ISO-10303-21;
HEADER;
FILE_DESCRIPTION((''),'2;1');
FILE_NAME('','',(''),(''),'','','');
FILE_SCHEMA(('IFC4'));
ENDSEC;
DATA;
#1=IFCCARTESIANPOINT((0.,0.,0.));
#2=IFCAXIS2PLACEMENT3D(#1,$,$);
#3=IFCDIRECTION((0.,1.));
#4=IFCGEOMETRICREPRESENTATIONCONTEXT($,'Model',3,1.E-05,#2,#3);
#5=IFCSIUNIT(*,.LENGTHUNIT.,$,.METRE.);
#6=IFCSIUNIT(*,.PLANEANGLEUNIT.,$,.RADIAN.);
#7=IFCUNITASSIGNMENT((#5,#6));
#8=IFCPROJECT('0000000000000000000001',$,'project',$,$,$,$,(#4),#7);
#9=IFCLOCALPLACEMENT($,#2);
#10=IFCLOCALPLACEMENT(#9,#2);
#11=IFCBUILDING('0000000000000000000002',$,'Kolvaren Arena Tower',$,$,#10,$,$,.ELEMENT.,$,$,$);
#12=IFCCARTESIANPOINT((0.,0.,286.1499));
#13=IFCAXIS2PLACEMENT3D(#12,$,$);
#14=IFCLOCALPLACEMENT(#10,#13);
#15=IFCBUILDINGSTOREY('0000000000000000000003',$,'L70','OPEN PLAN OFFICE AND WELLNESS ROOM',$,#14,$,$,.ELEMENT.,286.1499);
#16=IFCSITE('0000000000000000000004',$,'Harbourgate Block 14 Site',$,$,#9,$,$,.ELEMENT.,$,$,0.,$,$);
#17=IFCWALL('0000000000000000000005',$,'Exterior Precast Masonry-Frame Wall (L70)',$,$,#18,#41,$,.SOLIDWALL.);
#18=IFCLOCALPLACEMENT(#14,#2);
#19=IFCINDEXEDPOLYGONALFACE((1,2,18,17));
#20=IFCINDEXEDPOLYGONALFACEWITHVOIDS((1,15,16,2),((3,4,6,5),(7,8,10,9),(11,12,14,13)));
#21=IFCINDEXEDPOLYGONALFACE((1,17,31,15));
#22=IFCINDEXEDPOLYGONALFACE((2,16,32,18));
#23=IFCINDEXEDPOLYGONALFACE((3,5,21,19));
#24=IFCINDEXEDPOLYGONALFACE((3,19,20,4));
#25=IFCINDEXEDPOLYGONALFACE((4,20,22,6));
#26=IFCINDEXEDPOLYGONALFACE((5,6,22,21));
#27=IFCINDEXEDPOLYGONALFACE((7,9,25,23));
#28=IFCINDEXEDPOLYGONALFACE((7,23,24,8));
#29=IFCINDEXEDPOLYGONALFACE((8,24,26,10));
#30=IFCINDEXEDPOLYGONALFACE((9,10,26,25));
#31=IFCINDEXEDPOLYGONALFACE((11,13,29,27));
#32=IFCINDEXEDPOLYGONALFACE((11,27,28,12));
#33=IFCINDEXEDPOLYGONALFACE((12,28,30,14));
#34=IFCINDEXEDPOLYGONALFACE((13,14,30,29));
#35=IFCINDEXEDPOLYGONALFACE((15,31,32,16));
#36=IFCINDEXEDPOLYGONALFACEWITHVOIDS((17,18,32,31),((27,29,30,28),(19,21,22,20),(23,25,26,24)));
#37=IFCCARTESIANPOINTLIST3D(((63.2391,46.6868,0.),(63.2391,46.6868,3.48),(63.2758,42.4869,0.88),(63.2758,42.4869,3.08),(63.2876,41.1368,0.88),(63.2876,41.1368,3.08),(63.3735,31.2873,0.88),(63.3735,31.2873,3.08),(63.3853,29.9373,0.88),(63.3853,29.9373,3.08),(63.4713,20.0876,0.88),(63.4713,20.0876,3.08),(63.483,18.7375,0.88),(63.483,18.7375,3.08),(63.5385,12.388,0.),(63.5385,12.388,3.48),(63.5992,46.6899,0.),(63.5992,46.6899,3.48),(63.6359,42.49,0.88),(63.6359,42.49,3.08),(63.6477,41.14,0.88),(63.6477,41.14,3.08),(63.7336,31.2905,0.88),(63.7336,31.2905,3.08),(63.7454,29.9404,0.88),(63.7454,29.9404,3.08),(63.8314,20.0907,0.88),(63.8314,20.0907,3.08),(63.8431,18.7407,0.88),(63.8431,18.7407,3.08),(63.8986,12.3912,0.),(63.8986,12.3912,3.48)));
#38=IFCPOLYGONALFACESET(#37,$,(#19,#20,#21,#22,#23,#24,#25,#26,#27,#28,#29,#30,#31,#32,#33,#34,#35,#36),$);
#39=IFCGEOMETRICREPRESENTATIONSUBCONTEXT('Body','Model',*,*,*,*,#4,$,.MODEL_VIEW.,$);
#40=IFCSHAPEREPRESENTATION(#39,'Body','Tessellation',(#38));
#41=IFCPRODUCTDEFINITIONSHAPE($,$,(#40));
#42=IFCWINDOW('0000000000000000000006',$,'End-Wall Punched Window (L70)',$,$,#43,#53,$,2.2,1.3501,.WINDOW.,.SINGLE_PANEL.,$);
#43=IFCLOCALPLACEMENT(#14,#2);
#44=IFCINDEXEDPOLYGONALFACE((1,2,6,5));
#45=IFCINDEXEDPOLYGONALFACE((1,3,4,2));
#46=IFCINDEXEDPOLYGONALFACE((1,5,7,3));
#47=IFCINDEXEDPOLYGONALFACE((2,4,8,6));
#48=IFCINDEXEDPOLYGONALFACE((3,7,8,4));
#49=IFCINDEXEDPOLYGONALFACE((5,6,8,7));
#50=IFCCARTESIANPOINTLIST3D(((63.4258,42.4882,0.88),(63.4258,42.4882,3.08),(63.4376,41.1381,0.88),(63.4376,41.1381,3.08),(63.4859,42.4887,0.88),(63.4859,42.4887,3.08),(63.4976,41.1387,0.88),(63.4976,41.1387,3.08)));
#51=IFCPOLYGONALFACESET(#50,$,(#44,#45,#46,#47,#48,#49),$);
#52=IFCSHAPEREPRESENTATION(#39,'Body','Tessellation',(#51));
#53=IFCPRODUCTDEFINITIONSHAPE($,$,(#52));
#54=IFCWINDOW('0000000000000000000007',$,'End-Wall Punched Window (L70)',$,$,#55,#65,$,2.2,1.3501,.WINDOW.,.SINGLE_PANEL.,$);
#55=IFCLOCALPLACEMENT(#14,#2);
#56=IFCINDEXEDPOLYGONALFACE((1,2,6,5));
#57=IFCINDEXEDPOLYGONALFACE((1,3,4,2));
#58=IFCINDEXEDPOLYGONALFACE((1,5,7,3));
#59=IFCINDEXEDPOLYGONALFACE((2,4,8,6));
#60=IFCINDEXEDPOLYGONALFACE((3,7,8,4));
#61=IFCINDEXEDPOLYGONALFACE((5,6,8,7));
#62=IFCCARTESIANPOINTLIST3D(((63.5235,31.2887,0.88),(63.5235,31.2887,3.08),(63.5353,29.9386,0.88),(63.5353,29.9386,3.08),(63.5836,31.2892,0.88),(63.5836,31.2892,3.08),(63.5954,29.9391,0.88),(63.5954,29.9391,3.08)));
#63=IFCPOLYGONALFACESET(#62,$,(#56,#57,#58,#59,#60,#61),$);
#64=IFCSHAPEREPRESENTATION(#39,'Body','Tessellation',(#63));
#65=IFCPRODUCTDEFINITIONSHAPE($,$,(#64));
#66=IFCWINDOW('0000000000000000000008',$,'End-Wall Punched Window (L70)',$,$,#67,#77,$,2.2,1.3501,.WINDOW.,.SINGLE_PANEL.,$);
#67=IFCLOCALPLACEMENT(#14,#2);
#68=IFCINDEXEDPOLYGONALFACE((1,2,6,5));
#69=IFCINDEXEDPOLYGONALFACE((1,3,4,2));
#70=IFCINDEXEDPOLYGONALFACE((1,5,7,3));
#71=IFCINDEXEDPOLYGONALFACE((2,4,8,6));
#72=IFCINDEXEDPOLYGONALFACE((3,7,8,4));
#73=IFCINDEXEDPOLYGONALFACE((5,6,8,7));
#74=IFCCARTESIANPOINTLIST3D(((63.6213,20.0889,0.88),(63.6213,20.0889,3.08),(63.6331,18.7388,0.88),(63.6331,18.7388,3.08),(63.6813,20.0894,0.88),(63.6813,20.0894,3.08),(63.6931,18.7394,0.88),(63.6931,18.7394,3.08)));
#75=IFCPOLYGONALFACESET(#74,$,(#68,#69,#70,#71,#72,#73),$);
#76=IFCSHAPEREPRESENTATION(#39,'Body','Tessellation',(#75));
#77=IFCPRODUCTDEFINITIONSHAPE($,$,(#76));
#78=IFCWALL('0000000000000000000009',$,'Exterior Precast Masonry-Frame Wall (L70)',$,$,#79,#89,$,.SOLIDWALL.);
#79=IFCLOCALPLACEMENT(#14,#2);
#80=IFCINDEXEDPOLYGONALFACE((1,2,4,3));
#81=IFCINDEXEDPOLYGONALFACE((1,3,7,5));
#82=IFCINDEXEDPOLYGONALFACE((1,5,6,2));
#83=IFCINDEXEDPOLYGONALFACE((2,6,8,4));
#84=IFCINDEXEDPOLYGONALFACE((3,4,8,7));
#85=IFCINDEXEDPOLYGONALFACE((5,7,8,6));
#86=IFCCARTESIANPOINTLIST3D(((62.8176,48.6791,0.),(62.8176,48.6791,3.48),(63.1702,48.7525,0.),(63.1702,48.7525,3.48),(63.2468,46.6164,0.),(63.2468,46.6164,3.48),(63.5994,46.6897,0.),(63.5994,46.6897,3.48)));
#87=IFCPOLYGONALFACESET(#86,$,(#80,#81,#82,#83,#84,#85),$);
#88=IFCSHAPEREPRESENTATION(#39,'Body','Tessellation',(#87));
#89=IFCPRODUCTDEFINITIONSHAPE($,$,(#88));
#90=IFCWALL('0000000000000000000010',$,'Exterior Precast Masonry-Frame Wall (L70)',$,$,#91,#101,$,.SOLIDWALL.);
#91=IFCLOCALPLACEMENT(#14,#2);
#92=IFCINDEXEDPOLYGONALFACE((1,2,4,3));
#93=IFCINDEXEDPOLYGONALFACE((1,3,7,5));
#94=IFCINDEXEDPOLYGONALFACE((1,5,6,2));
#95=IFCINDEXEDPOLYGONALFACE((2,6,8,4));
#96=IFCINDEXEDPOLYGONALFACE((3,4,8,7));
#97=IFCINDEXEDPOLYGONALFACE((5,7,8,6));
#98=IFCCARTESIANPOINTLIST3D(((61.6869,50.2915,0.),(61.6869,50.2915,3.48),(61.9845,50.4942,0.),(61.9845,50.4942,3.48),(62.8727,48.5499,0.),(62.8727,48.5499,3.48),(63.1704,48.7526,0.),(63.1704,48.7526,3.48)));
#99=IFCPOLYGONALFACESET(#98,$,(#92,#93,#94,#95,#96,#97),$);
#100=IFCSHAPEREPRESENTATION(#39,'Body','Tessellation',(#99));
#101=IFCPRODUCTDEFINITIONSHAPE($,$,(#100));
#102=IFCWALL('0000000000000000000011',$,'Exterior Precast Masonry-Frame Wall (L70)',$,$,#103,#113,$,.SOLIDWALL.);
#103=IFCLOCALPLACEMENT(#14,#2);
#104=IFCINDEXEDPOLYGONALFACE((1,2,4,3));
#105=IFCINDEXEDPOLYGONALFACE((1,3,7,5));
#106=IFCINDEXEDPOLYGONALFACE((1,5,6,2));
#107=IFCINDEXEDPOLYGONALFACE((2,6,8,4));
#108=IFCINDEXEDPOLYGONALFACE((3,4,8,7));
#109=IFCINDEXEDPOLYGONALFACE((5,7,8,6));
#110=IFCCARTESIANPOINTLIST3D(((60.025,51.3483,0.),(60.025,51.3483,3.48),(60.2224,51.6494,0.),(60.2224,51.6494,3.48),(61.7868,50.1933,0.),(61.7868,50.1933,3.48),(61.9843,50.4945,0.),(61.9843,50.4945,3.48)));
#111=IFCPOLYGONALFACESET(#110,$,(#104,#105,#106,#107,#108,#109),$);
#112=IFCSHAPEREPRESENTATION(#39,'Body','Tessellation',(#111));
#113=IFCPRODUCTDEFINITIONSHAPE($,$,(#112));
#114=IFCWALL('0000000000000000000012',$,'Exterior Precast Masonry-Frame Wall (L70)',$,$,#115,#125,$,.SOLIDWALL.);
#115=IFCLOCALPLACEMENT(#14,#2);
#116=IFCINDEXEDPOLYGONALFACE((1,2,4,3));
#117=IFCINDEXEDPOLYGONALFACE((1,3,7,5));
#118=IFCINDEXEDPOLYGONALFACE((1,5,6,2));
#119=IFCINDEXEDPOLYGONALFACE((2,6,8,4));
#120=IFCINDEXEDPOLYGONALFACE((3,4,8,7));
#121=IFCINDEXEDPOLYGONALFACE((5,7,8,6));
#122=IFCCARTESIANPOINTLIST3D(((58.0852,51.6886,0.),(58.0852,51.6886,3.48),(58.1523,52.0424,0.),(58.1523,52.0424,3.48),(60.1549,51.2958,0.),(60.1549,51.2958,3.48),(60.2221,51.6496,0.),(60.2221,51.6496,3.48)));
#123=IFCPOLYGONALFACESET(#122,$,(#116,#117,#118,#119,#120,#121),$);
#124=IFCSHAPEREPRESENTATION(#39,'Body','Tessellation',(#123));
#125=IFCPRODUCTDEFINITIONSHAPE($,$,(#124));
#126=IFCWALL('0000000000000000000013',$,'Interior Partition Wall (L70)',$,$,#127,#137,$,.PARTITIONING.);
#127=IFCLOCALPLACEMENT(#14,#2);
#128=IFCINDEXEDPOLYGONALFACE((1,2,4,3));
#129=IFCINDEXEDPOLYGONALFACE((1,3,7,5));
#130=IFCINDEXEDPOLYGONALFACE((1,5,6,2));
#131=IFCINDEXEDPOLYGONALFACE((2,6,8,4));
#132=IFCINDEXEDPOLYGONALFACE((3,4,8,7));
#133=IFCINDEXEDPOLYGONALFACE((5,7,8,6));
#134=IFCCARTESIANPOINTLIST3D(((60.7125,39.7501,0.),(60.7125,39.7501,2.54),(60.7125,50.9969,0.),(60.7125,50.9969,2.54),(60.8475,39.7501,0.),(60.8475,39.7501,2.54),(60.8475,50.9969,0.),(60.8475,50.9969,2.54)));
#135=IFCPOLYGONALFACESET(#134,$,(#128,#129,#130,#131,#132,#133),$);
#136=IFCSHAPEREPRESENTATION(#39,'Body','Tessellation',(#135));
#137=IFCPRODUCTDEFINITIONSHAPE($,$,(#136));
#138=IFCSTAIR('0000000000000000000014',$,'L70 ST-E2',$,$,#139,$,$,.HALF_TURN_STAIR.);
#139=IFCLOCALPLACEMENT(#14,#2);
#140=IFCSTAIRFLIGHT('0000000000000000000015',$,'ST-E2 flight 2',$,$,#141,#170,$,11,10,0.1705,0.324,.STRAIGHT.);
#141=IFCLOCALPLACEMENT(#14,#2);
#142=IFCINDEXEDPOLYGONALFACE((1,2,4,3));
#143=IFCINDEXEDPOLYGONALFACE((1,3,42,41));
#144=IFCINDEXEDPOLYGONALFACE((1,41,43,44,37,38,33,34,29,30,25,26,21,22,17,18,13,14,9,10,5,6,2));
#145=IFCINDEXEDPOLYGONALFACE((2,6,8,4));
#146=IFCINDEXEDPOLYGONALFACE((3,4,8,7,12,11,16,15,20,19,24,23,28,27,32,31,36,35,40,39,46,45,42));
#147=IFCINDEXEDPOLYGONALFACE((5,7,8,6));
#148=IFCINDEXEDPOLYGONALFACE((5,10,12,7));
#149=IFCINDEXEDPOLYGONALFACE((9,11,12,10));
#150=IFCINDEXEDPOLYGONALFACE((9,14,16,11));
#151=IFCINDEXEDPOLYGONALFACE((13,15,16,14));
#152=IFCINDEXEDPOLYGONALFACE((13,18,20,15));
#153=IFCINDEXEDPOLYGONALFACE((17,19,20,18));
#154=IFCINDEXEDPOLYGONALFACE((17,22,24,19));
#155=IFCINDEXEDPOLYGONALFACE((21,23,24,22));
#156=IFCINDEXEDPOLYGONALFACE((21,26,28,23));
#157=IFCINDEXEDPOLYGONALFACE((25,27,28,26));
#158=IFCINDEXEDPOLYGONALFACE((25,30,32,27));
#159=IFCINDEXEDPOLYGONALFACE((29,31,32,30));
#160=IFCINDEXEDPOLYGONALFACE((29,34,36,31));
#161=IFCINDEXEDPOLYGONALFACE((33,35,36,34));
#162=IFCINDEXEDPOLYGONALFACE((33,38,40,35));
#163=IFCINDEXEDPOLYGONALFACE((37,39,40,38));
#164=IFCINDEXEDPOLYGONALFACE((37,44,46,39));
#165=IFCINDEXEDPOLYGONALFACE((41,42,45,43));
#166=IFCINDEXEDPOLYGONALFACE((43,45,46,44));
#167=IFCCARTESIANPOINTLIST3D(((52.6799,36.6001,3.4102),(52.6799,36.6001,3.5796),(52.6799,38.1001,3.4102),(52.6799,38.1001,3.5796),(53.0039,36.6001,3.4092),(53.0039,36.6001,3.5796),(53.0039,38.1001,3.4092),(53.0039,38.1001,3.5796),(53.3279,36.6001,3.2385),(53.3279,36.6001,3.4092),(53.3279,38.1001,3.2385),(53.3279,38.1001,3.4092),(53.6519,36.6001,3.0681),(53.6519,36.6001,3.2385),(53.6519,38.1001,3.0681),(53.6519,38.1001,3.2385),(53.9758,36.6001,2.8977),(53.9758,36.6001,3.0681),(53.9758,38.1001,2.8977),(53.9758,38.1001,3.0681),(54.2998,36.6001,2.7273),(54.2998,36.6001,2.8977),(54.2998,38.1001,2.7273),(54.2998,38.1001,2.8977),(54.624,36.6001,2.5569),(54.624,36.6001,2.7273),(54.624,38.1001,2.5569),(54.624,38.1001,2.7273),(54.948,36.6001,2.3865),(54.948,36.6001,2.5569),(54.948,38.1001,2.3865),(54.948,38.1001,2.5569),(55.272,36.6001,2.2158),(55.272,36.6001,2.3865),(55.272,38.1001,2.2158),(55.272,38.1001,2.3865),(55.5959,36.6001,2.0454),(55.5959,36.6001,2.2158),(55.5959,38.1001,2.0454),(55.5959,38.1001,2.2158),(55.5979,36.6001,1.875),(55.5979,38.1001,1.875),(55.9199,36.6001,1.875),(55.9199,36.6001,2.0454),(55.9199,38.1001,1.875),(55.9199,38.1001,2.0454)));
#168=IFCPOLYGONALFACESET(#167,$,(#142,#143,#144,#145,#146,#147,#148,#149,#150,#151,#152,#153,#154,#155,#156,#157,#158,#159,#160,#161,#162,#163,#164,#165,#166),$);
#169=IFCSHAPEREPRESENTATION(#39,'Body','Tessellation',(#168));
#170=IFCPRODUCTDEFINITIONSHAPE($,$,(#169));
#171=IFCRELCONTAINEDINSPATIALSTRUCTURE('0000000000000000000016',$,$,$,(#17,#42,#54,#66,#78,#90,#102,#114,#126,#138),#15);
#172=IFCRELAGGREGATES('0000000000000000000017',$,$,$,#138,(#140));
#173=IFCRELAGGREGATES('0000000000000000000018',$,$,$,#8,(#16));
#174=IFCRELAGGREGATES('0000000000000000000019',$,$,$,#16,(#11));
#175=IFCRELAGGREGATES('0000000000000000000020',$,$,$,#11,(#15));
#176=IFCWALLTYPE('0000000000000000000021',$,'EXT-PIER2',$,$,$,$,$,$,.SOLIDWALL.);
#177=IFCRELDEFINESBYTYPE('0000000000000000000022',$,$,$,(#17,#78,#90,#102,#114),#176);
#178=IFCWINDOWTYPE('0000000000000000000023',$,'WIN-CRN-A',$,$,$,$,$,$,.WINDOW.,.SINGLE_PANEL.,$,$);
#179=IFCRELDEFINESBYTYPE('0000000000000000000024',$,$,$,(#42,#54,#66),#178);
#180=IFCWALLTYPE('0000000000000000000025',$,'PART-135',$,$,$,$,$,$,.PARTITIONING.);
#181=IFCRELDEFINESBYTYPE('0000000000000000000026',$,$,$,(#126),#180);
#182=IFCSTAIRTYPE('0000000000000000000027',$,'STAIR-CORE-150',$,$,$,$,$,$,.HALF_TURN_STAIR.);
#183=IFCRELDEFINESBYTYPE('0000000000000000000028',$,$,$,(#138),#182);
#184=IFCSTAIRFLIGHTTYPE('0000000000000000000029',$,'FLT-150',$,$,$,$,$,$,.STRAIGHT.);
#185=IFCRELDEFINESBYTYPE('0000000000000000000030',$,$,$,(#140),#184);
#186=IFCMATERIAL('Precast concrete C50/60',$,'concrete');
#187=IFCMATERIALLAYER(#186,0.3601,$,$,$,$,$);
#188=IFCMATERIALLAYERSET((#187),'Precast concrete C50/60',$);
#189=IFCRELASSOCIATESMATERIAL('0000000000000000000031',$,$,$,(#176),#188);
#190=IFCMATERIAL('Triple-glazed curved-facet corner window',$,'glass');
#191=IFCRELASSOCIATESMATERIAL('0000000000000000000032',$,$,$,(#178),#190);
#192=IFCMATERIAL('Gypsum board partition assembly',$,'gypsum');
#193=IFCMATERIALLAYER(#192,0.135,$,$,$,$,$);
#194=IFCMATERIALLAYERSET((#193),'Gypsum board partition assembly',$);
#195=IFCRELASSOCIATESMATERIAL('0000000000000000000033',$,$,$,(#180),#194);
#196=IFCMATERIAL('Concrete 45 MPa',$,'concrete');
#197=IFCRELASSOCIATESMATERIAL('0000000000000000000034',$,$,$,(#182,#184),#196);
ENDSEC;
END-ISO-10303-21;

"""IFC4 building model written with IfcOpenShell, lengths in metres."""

from ifc_helpers import new_model, si_unit, direction, frame, frame_2d, origin, place, context, subcontext, project, spatial, polyline, rectangle, outline, extrude, material, layer, layer_set, type_object, element, fill, aggregate, save


model = new_model("IFC4")

# Units and contexts
model_context = context("Model", 3, precision=1e-05, world=origin(), true_north=direction((0.0, 1.0)))
body_context = subcontext(model_context, "Body", "Model", "MODEL_VIEW")
ifc_project = project(units=[si_unit("LENGTHUNIT", "METRE"), si_unit("PLANEANGLEUNIT", "RADIAN")], contexts=[model_context])

# Site, building, storey
site_placement = place(None, origin())
site = spatial("IfcSite", under=ifc_project, at=site_placement, Name="Harbourgate Block 14 Site", CompositionType="ELEMENT", RefElevation=0.0)
building_placement = place(site_placement, origin())
building = spatial("IfcBuilding", under=site, at=building_placement, Name="Kolvaren Arena Tower", CompositionType="ELEMENT")
storey_placement = place(building_placement, frame((0.0, 0.0, 286.1499)))
storey = spatial("IfcBuildingStorey", under=building, at=storey_placement, Name="L70", Description="OPEN PLAN OFFICE AND WELLNESS ROOM", CompositionType="ELEMENT", Elevation=286.1499)

# Shared definitions
ifc_material_1 = material(Name="Precast concrete C50/60", Category="concrete")

# Wall, openings, windows
ifc_layer_1 = layer(ifc_material_1, 0.3601)
ifc_layer_set_1 = layer_set([ifc_layer_1], Name="Precast concrete C50/60")
wall_type_1 = type_object("IfcWallType", Name="EXT-PIER2", PredefinedType="SOLIDWALL", material=ifc_layer_set_1)
wall_1_placement = place(storey_placement, frame((63.4192, 46.6882, 0.0), z_axis=(0.0, 0.0, 1.0), x_axis=(0.008726, -0.999962, 0.0)))
wall_1 = element("IfcWall", 1, at=wall_1_placement, inside=storey, type_object=wall_type_1, Name="Exterior Precast Masonry-Frame Wall (L70)", PredefinedType="SOLIDWALL", context=body_context, shape_type="SweptSolid", body=[
    extrude(rectangle(XDim=34.3, YDim=0.3601, at=frame_2d((17.1499, 0.0))), origin(), (0.0, 0.0, 1.0), 3.48),
])
opening_1_placement = place(wall_1_placement, frame((4.2, 0.0, 0.8799)))
opening_1 = element("IfcOpeningElement", 2, at=opening_1_placement, cuts=wall_1, PredefinedType="OPENING", context=body_context, shape_type="SweptSolid", body=[
    extrude(rectangle(XDim=1.3501, YDim=2.2, at=frame_2d((0.675, 1.1001))), frame((0.0, 0.1899, 0.0), z_axis=(0.0, -1.0, 0.0), x_axis=(1.0, 0.0, 0.0)), (0.0, 0.0, 1.0), 0.3801),
])
opening_2_placement = place(wall_1_placement, frame((15.3999, 0.0, 0.8799)))
opening_2 = element("IfcOpeningElement", 3, at=opening_2_placement, cuts=wall_1, PredefinedType="OPENING", context=body_context, shape_type="SweptSolid", body=[
    extrude(rectangle(XDim=1.3501, YDim=2.2, at=frame_2d((0.675, 1.1001))), frame((0.0, 0.1899, 0.0), z_axis=(0.0, -1.0, 0.0), x_axis=(1.0, 0.0, 0.0)), (0.0, 0.0, 1.0), 0.3801),
])
opening_3_placement = place(wall_1_placement, frame((26.6001, 0.0, 0.8799)))
opening_3 = element("IfcOpeningElement", 4, at=opening_3_placement, cuts=wall_1, PredefinedType="OPENING", context=body_context, shape_type="SweptSolid", body=[
    extrude(rectangle(XDim=1.3501, YDim=2.2, at=frame_2d((0.675, 1.1001))), frame((0.0, 0.1899, 0.0), z_axis=(0.0, -1.0, 0.0), x_axis=(1.0, 0.0, 0.0)), (0.0, 0.0, 1.0), 0.3801),
])
ifc_material_2 = material(Name="Triple-glazed curved-facet corner window", Category="glass")
window_type = type_object("IfcWindowType", Name="WIN-CRN-A", PartitioningType="SINGLE_PANEL", PredefinedType="WINDOW", material=ifc_material_2)
window_1_placement = place(opening_1_placement, origin())
window_1 = element("IfcWindow", 5, at=window_1_placement, inside=storey, type_object=window_type, Name="End-Wall Punched Window (L70)", OverallHeight=2.2, OverallWidth=1.3501, PartitioningType="SINGLE_PANEL", PredefinedType="WINDOW", context=body_context, shape_type="SweptSolid", body=[
    extrude(rectangle(XDim=1.3501, YDim=2.2, at=frame_2d((0.675, 1.1001))), frame((0.0, 0.03, 0.0), z_axis=(0.0, -1.0, 0.0), x_axis=(1.0, 0.0, 0.0)), (0.0, 0.0, 1.0), 0.0601),
])
fill(opening_1, window_1)
window_2_placement = place(opening_2_placement, origin())
window_2 = element("IfcWindow", 6, at=window_2_placement, inside=storey, type_object=window_type, Name="End-Wall Punched Window (L70)", OverallHeight=2.2, OverallWidth=1.3501, PartitioningType="SINGLE_PANEL", PredefinedType="WINDOW", context=body_context, shape_type="SweptSolid", body=[
    extrude(rectangle(XDim=1.3501, YDim=2.2, at=frame_2d((0.675, 1.1001))), frame((0.0, 0.03, 0.0), z_axis=(0.0, -1.0, 0.0), x_axis=(1.0, 0.0, 0.0)), (0.0, 0.0, 1.0), 0.0601),
])
fill(opening_2, window_2)
window_3_placement = place(opening_3_placement, origin())
window_3 = element("IfcWindow", 7, at=window_3_placement, inside=storey, type_object=window_type, Name="End-Wall Punched Window (L70)", OverallHeight=2.2, OverallWidth=1.3501, PartitioningType="SINGLE_PANEL", PredefinedType="WINDOW", context=body_context, shape_type="SweptSolid", body=[
    extrude(rectangle(XDim=1.3501, YDim=2.2, at=frame_2d((0.675, 1.1001))), frame((0.0, 0.03, 0.0), z_axis=(0.0, -1.0, 0.0), x_axis=(1.0, 0.0, 0.0)), (0.0, 0.0, 1.0), 0.0601),
])
fill(opening_3, window_3)

# Walls
for number, where, z_axis, x_axis, name in (
    (8, (62.9939, 48.7158, 0.0), (0.0, 0.0, 1.0), (0.203709, -0.979031, 0.0), "Exterior Precast Masonry-Frame Wall (L70)"),
    (9, (61.8357, 50.3928, 0.0), (0.0, 0.0, 1.0), (0.56283, -0.826573, 0.0), "Exterior Precast Masonry-Frame Wall (L70)"),
):
    element("IfcWall", number, at=place(storey_placement, frame(where, z_axis=z_axis, x_axis=x_axis)), inside=storey, type_object=wall_type_1, Name=name, PredefinedType="SOLIDWALL", context=body_context, shape_type="SweptSolid", body=[
        extrude(rectangle(XDim=2.1069, YDim=0.3601, at=frame_2d((1.0535, 0.0))), origin(), (0.0, 0.0, 1.0), 3.48),
    ])
for number, where, z_axis, x_axis, name in (
    (10, (60.1238, 51.4988, 0.0), (0.0, 0.0, 1.0), (0.836322, -0.548239, 0.0), "Exterior Precast Masonry-Frame Wall (L70)"),
    (11, (58.1189, 51.8655, 0.0), (0.0, 0.0, 1.0), (0.982463, -0.186457, 0.0), "Exterior Precast Masonry-Frame Wall (L70)"),
):
    element("IfcWall", number, at=place(storey_placement, frame(where, z_axis=z_axis, x_axis=x_axis)), inside=storey, type_object=wall_type_1, Name=name, PredefinedType="SOLIDWALL", context=body_context, shape_type="SweptSolid", body=[
        extrude(rectangle(XDim=2.1067, YDim=0.3601, at=frame_2d((1.0532, 0.0))), origin(), (0.0, 0.0, 1.0), 3.48),
    ])
ifc_material_3 = material(Name="Gypsum board partition assembly", Category="gypsum")
ifc_layer_2 = layer(ifc_material_3, 0.135)
ifc_layer_set_2 = layer_set([ifc_layer_2], Name="Gypsum board partition assembly")
wall_type_2 = type_object("IfcWallType", Name="PART-135", PredefinedType="PARTITIONING", material=ifc_layer_set_2)
wall_2_placement = place(storey_placement, frame((60.78, 39.75, 0.0), z_axis=(0.0, 0.0, 1.0), x_axis=(0.0, 1.0, 0.0)))
element("IfcWall", 12, at=wall_2_placement, inside=storey, type_object=wall_type_2, Name="Interior Partition Wall (L70)", PredefinedType="PARTITIONING", context=body_context, shape_type="SweptSolid", body=[
    extrude(rectangle(XDim=11.2468, YDim=0.135, at=frame_2d((5.6235, 0.0))), origin(), (0.0, 0.0, 1.0), 2.54),
])

# Stair, stair flight
ifc_material_4 = material(Name="Concrete 45 MPa", Category="concrete")
stair_type = type_object("IfcStairType", Name="STAIR-CORE-150", PredefinedType="HALF_TURN_STAIR", material=ifc_material_4)
stair_placement = place(storey_placement, origin())
stair = element("IfcStair", 13, at=stair_placement, inside=storey, type_object=stair_type, Name="L70 ST-E2", PredefinedType="HALF_TURN_STAIR")
stair_flight_type = type_object("IfcStairFlightType", Name="FLT-150", PredefinedType="STRAIGHT", material=ifc_material_4)
stair_flight_placement = place(storey_placement, frame((55.9199, 37.3501, 1.875), z_axis=(0.0, 0.0, 1.0), x_axis=(-1.0, 0.0, 0.0)))
stair_flight = element("IfcStairFlight", 14, at=stair_flight_placement, type_object=stair_flight_type, Name="ST-E2 flight 2", NumberOfRisers=11, NumberOfTreads=10, PredefinedType="STRAIGHT", RiserHeight=0.1705, TreadLength=0.324, context=body_context, shape_type="SweptSolid", body=[
    extrude(outline(polyline([(0.0, 0.0), (0.0, 0.1704), (0.324, 0.1704), (0.324, 0.3408), (0.6479, 0.3408), (0.6479, 0.5115), (0.9719, 0.5115), (0.9719, 0.6819), (1.2959, 0.6819), (1.2959, 0.8523), (1.6201, 0.8523), (1.6201, 1.0227), (1.9441, 1.0227), (1.9441, 1.1931), (2.2681, 1.1931), (2.2681, 1.3635), (2.592, 1.3635), (2.592, 1.5342), (2.916, 1.5342), (2.916, 1.7046), (3.24, 1.7046), (3.24, 1.875), (3.24, 1.5352), (0.322, 0.0), (0.0, 0.0)])), frame((0.0, 0.75, 0.0), z_axis=(0.0, -1.0, 0.0), x_axis=(1.0, 0.0, 0.0)), (0.0, 0.0, 1.0), 1.5),
])
aggregate(stair, [stair_flight])

save(model, "model.ifc")
